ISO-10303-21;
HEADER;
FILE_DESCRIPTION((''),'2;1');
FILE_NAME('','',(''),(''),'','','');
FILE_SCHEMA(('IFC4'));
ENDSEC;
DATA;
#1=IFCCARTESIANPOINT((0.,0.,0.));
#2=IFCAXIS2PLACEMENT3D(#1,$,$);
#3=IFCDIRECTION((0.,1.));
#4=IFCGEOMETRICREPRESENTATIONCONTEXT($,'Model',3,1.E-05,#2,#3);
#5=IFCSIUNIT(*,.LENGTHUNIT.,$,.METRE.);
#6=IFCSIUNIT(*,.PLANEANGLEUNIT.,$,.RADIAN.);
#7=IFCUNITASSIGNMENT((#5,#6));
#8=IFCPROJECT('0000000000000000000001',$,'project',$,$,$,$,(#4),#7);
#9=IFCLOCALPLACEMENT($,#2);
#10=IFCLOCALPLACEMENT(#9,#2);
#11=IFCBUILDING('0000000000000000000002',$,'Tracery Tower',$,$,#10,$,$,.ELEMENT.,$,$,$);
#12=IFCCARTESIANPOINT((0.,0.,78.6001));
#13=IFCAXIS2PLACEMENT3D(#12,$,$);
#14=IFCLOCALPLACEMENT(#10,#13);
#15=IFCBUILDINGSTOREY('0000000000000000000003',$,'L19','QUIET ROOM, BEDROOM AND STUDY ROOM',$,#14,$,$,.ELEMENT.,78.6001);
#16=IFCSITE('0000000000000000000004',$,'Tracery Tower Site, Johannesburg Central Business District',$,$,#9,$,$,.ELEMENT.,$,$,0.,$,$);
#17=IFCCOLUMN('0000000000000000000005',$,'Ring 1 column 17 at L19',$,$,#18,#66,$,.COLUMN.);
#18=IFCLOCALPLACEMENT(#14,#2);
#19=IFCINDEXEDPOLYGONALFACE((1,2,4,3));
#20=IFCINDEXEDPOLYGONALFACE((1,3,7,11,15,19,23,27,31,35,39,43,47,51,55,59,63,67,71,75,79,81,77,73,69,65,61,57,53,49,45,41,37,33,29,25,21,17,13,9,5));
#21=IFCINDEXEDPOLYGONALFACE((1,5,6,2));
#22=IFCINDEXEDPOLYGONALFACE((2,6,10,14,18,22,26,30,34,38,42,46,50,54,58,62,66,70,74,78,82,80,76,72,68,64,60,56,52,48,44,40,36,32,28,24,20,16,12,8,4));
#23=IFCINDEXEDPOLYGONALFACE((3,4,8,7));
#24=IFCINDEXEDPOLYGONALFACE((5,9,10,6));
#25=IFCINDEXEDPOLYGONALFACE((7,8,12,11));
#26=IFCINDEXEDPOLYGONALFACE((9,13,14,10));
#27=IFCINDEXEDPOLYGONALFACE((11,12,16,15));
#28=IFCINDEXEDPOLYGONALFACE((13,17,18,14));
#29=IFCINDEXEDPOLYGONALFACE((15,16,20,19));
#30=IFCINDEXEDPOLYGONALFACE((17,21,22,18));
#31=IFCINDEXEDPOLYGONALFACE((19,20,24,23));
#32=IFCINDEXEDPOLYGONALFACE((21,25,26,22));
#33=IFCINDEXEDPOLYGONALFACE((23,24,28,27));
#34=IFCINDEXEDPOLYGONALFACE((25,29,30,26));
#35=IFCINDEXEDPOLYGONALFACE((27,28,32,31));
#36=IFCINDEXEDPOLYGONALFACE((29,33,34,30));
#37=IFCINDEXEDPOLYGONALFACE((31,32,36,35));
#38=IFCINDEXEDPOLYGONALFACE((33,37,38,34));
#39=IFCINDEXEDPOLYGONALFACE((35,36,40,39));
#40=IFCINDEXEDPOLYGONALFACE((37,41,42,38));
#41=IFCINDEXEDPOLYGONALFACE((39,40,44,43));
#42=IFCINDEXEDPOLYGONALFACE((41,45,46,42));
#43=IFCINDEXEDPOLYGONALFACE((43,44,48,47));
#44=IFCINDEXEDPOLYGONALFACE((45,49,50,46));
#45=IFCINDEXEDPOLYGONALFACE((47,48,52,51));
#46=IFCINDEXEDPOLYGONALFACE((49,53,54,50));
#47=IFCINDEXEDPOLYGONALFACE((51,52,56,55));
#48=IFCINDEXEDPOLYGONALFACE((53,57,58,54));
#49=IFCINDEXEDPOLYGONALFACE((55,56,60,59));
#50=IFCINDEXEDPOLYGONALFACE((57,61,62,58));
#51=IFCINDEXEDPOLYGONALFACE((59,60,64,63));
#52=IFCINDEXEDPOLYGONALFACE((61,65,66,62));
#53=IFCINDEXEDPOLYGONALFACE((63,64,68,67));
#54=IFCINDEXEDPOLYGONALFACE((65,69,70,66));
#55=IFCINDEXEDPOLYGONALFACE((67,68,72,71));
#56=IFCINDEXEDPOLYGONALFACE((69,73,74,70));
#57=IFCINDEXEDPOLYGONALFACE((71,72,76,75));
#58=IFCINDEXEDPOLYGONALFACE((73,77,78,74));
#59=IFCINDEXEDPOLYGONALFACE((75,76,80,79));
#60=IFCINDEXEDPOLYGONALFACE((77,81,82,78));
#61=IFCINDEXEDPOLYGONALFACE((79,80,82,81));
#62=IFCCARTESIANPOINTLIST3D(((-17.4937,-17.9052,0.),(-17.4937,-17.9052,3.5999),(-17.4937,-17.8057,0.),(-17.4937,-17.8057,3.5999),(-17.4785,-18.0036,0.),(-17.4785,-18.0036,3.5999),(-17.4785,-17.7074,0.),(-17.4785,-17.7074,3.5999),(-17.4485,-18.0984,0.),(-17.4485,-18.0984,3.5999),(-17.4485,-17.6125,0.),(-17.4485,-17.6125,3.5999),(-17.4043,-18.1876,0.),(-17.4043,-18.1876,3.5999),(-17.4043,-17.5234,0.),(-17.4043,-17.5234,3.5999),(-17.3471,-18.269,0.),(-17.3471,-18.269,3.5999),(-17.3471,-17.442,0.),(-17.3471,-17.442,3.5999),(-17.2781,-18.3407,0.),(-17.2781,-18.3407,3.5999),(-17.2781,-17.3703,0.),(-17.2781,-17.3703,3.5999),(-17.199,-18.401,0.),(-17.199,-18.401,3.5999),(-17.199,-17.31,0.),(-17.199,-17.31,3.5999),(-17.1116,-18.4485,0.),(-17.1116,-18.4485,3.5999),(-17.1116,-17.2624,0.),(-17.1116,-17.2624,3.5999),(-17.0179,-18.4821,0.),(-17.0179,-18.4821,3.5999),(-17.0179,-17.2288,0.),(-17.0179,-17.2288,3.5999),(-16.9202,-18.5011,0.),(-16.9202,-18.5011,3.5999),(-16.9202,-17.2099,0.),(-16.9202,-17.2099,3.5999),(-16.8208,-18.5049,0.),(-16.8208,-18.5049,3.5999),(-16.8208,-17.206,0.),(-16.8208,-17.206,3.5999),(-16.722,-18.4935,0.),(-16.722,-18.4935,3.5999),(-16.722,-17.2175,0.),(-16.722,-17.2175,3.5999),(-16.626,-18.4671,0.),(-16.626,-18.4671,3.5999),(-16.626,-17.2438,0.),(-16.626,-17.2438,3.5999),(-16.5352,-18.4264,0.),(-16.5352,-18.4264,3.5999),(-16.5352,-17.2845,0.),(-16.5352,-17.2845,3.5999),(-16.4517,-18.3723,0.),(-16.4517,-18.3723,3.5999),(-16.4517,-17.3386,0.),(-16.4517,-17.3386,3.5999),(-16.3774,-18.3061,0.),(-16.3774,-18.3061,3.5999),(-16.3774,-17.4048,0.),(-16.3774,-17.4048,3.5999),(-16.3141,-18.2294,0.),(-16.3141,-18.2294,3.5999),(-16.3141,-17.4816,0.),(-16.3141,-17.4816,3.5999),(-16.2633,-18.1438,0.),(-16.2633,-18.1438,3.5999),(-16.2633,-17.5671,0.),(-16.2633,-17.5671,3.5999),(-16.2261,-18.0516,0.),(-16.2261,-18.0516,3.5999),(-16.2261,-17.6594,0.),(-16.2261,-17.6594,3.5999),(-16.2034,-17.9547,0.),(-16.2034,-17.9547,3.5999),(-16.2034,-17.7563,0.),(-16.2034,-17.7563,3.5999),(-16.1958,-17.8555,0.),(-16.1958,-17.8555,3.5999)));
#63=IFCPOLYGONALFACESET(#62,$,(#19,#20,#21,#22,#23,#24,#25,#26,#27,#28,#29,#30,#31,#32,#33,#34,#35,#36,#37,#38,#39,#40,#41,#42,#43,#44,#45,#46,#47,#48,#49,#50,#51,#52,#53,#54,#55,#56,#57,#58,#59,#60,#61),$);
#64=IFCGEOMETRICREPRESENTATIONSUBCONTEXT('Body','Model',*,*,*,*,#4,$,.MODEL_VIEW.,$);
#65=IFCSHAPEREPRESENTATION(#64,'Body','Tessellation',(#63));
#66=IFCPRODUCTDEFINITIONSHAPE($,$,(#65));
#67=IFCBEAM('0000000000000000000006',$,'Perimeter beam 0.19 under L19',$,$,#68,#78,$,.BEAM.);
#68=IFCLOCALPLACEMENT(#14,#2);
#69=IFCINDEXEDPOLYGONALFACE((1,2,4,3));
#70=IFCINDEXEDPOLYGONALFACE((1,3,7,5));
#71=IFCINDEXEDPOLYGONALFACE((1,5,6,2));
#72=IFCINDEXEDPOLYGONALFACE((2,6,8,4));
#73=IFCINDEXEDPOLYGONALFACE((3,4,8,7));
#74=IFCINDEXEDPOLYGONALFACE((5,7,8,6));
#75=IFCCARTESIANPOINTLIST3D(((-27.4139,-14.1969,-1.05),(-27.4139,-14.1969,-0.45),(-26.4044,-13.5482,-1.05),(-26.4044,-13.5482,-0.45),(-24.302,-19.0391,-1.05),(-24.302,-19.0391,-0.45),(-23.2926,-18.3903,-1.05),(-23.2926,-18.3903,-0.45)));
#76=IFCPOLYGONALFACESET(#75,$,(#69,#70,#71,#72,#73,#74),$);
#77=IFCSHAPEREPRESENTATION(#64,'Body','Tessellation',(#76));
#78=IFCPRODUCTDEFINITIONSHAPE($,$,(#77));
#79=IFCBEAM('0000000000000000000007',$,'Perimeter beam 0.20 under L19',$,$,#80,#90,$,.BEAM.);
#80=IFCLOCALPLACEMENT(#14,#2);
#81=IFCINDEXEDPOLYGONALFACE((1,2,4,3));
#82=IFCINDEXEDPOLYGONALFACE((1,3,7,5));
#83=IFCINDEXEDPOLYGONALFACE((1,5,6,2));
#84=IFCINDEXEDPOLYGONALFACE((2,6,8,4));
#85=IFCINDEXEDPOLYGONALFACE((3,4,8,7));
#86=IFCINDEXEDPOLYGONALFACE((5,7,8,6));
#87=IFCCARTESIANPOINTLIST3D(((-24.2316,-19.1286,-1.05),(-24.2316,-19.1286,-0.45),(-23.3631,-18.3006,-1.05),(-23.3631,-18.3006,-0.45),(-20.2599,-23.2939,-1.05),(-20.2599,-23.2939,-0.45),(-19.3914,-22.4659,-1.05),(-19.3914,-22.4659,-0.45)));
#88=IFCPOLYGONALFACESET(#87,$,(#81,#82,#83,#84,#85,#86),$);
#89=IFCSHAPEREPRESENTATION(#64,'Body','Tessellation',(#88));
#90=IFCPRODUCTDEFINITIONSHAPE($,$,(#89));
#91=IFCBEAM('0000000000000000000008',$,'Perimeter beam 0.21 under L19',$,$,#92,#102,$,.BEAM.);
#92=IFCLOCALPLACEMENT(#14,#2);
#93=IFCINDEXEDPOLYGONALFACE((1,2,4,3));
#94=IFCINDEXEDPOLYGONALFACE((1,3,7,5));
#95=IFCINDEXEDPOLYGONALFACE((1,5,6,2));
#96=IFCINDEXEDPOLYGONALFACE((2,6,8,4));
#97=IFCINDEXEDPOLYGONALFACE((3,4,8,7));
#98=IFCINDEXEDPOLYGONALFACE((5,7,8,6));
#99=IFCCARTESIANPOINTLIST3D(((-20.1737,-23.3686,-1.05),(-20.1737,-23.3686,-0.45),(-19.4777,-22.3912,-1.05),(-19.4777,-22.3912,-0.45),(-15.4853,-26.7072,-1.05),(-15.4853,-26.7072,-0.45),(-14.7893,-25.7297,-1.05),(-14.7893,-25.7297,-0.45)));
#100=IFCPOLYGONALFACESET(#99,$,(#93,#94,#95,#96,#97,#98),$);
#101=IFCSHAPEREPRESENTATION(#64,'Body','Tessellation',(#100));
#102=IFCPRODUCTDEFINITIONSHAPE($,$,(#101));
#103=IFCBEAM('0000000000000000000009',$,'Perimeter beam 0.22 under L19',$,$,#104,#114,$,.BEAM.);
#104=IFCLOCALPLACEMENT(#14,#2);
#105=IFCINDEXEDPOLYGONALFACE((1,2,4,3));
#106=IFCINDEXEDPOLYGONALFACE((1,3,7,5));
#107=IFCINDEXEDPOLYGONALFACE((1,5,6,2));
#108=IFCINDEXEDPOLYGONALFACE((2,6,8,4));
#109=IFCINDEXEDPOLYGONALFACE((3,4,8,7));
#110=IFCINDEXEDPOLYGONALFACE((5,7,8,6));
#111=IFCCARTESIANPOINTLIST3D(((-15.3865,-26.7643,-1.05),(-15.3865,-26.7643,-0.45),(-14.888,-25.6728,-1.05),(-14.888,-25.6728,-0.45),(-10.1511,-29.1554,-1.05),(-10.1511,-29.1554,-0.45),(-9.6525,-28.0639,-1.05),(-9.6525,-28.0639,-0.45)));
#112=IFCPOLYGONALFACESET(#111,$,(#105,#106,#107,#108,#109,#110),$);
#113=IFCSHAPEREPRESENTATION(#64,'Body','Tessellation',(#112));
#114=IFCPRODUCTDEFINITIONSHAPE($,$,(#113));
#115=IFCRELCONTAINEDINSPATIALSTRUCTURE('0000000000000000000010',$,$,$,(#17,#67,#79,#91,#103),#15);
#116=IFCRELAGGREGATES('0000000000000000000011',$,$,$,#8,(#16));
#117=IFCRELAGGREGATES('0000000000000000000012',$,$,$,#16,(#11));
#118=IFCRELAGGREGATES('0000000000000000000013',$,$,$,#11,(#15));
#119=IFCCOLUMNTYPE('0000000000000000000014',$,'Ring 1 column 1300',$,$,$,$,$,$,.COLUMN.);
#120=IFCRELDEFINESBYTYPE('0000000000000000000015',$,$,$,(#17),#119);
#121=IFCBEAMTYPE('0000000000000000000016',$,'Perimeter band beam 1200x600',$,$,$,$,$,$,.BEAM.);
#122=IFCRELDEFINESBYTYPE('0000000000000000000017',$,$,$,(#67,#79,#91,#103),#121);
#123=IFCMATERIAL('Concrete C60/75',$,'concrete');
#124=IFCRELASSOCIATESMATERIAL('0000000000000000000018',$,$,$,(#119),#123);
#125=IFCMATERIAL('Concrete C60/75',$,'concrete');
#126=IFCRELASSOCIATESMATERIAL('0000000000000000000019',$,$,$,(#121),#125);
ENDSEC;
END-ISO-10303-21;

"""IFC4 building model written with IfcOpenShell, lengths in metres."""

from ifc_helpers import new_model, si_unit, direction, frame, origin, origin_2d, place, context, subcontext, project, spatial, rectangle, circle, extrude, material, material_profile, profile_set, type_object, element, save


model = new_model("IFC4")

# Units and contexts
model_context = context("Model", 3, precision=1e-05, world=origin(), true_north=direction((0.0, 1.0)))
body_context = subcontext(model_context, "Body", "Model", "MODEL_VIEW")
ifc_project = project(units=[si_unit("LENGTHUNIT", "METRE"), si_unit("PLANEANGLEUNIT", "RADIAN")], contexts=[model_context])

# Site, building, storey
site_placement = place(None, origin())
site = spatial("IfcSite", under=ifc_project, at=site_placement, Name="Tracery Tower Site, Johannesburg Central Business District", CompositionType="ELEMENT", RefElevation=0.0)
building_placement = place(site_placement, origin())
building = spatial("IfcBuilding", under=site, at=building_placement, Name="Tracery Tower", CompositionType="ELEMENT")
storey_placement = place(building_placement, frame((0.0, 0.0, 78.6001)))
storey = spatial("IfcBuildingStorey", under=building, at=storey_placement, Name="L19", Description="QUIET ROOM, BEDROOM AND STUDY ROOM", CompositionType="ELEMENT", Elevation=78.6001)

# Column
ifc_material_1 = material(Name="Concrete C60/75", Category="concrete")
ifc_material_profile_1 = material_profile(ifc_material_1, circle(Radius=0.6499, at=origin_2d()), Name="RC D1300")
ifc_profile_set_1 = profile_set([ifc_material_profile_1], Name="Concrete C60/75")
column_type_1 = type_object("IfcColumnType", Name="Ring 1 column 1300", PredefinedType="COLUMN", material=ifc_profile_set_1)
column_placement = place(storey_placement, frame((-16.8457, -17.8555, 0.0), z_axis=(0.0, 0.0, 1.0), x_axis=(1.0, 0.0, 0.0)))
element("IfcColumn", 1, at=column_placement, inside=storey, type_object=column_type_1, Name="Ring 1 column 17 at L19", PredefinedType="COLUMN", context=body_context, shape_type="SweptSolid", body=[
    extrude(circle(Radius=0.6499, at=origin_2d()), origin(), (0.0, 0.0, 1.0), 3.5999),
])

# Beams
ifc_material_2 = material(Name="Concrete C60/75", Category="concrete")
ifc_material_profile_2 = material_profile(ifc_material_2, rectangle(XDim=1.2, YDim=0.6001, at=origin_2d()), Name="RC 1200x600")
ifc_profile_set_2 = profile_set([ifc_material_profile_2], Name="Concrete C60/75")
beam_type = type_object("IfcBeamType", Name="Perimeter band beam 1200x600", PredefinedType="BEAM", material=ifc_profile_set_2)
beam_1_placement = place(storey_placement, frame((-26.9092, -13.8726, -0.75), z_axis=(0.540644, -0.841252, 0.0), x_axis=(0.841252, 0.540644, 0.0)))
element("IfcBeam", 2, at=beam_1_placement, inside=storey, type_object=beam_type, Name="Perimeter beam 0.19 under L19", PredefinedType="BEAM", context=body_context, shape_type="SweptSolid", body=[
    extrude(rectangle(XDim=1.2, YDim=0.6001, at=origin_2d()), origin(), (0.0, 0.0, 1.0), 5.7559),
])
beam_2_placement = place(storey_placement, frame((-23.7974, -18.7146, -0.75), z_axis=(0.690087, -0.723726, 0.0), x_axis=(0.723726, 0.690087, 0.0)))
element("IfcBeam", 3, at=beam_2_placement, inside=storey, type_object=beam_type, Name="Perimeter beam 0.20 under L19", PredefinedType="BEAM", context=body_context, shape_type="SweptSolid", body=[
    extrude(rectangle(XDim=1.2, YDim=0.6001, at=origin_2d()), origin(), (0.0, 0.0, 1.0), 5.7554),
])
for number, where, z_axis, x_axis, name in (
    (4, (-19.8257, -22.8799, -0.75), (0.814578, -0.580054, 0.0), (0.580054, 0.814578, 0.0), "Perimeter beam 0.21 under L19"),
    (5, (-15.1372, -26.2185, -0.75), (0.909618, -0.415445, 0.0), (0.415445, 0.909618, 0.0), "Perimeter beam 0.22 under L19"),
):
    element("IfcBeam", number, at=place(storey_placement, frame(where, z_axis=z_axis, x_axis=x_axis)), inside=storey, type_object=beam_type, Name=name, PredefinedType="BEAM", context=body_context, shape_type="SweptSolid", body=[
        extrude(rectangle(XDim=1.2, YDim=0.6001, at=origin_2d()), origin(), (0.0, 0.0, 1.0), 5.7556),
    ])

save(model, "model.ifc")
